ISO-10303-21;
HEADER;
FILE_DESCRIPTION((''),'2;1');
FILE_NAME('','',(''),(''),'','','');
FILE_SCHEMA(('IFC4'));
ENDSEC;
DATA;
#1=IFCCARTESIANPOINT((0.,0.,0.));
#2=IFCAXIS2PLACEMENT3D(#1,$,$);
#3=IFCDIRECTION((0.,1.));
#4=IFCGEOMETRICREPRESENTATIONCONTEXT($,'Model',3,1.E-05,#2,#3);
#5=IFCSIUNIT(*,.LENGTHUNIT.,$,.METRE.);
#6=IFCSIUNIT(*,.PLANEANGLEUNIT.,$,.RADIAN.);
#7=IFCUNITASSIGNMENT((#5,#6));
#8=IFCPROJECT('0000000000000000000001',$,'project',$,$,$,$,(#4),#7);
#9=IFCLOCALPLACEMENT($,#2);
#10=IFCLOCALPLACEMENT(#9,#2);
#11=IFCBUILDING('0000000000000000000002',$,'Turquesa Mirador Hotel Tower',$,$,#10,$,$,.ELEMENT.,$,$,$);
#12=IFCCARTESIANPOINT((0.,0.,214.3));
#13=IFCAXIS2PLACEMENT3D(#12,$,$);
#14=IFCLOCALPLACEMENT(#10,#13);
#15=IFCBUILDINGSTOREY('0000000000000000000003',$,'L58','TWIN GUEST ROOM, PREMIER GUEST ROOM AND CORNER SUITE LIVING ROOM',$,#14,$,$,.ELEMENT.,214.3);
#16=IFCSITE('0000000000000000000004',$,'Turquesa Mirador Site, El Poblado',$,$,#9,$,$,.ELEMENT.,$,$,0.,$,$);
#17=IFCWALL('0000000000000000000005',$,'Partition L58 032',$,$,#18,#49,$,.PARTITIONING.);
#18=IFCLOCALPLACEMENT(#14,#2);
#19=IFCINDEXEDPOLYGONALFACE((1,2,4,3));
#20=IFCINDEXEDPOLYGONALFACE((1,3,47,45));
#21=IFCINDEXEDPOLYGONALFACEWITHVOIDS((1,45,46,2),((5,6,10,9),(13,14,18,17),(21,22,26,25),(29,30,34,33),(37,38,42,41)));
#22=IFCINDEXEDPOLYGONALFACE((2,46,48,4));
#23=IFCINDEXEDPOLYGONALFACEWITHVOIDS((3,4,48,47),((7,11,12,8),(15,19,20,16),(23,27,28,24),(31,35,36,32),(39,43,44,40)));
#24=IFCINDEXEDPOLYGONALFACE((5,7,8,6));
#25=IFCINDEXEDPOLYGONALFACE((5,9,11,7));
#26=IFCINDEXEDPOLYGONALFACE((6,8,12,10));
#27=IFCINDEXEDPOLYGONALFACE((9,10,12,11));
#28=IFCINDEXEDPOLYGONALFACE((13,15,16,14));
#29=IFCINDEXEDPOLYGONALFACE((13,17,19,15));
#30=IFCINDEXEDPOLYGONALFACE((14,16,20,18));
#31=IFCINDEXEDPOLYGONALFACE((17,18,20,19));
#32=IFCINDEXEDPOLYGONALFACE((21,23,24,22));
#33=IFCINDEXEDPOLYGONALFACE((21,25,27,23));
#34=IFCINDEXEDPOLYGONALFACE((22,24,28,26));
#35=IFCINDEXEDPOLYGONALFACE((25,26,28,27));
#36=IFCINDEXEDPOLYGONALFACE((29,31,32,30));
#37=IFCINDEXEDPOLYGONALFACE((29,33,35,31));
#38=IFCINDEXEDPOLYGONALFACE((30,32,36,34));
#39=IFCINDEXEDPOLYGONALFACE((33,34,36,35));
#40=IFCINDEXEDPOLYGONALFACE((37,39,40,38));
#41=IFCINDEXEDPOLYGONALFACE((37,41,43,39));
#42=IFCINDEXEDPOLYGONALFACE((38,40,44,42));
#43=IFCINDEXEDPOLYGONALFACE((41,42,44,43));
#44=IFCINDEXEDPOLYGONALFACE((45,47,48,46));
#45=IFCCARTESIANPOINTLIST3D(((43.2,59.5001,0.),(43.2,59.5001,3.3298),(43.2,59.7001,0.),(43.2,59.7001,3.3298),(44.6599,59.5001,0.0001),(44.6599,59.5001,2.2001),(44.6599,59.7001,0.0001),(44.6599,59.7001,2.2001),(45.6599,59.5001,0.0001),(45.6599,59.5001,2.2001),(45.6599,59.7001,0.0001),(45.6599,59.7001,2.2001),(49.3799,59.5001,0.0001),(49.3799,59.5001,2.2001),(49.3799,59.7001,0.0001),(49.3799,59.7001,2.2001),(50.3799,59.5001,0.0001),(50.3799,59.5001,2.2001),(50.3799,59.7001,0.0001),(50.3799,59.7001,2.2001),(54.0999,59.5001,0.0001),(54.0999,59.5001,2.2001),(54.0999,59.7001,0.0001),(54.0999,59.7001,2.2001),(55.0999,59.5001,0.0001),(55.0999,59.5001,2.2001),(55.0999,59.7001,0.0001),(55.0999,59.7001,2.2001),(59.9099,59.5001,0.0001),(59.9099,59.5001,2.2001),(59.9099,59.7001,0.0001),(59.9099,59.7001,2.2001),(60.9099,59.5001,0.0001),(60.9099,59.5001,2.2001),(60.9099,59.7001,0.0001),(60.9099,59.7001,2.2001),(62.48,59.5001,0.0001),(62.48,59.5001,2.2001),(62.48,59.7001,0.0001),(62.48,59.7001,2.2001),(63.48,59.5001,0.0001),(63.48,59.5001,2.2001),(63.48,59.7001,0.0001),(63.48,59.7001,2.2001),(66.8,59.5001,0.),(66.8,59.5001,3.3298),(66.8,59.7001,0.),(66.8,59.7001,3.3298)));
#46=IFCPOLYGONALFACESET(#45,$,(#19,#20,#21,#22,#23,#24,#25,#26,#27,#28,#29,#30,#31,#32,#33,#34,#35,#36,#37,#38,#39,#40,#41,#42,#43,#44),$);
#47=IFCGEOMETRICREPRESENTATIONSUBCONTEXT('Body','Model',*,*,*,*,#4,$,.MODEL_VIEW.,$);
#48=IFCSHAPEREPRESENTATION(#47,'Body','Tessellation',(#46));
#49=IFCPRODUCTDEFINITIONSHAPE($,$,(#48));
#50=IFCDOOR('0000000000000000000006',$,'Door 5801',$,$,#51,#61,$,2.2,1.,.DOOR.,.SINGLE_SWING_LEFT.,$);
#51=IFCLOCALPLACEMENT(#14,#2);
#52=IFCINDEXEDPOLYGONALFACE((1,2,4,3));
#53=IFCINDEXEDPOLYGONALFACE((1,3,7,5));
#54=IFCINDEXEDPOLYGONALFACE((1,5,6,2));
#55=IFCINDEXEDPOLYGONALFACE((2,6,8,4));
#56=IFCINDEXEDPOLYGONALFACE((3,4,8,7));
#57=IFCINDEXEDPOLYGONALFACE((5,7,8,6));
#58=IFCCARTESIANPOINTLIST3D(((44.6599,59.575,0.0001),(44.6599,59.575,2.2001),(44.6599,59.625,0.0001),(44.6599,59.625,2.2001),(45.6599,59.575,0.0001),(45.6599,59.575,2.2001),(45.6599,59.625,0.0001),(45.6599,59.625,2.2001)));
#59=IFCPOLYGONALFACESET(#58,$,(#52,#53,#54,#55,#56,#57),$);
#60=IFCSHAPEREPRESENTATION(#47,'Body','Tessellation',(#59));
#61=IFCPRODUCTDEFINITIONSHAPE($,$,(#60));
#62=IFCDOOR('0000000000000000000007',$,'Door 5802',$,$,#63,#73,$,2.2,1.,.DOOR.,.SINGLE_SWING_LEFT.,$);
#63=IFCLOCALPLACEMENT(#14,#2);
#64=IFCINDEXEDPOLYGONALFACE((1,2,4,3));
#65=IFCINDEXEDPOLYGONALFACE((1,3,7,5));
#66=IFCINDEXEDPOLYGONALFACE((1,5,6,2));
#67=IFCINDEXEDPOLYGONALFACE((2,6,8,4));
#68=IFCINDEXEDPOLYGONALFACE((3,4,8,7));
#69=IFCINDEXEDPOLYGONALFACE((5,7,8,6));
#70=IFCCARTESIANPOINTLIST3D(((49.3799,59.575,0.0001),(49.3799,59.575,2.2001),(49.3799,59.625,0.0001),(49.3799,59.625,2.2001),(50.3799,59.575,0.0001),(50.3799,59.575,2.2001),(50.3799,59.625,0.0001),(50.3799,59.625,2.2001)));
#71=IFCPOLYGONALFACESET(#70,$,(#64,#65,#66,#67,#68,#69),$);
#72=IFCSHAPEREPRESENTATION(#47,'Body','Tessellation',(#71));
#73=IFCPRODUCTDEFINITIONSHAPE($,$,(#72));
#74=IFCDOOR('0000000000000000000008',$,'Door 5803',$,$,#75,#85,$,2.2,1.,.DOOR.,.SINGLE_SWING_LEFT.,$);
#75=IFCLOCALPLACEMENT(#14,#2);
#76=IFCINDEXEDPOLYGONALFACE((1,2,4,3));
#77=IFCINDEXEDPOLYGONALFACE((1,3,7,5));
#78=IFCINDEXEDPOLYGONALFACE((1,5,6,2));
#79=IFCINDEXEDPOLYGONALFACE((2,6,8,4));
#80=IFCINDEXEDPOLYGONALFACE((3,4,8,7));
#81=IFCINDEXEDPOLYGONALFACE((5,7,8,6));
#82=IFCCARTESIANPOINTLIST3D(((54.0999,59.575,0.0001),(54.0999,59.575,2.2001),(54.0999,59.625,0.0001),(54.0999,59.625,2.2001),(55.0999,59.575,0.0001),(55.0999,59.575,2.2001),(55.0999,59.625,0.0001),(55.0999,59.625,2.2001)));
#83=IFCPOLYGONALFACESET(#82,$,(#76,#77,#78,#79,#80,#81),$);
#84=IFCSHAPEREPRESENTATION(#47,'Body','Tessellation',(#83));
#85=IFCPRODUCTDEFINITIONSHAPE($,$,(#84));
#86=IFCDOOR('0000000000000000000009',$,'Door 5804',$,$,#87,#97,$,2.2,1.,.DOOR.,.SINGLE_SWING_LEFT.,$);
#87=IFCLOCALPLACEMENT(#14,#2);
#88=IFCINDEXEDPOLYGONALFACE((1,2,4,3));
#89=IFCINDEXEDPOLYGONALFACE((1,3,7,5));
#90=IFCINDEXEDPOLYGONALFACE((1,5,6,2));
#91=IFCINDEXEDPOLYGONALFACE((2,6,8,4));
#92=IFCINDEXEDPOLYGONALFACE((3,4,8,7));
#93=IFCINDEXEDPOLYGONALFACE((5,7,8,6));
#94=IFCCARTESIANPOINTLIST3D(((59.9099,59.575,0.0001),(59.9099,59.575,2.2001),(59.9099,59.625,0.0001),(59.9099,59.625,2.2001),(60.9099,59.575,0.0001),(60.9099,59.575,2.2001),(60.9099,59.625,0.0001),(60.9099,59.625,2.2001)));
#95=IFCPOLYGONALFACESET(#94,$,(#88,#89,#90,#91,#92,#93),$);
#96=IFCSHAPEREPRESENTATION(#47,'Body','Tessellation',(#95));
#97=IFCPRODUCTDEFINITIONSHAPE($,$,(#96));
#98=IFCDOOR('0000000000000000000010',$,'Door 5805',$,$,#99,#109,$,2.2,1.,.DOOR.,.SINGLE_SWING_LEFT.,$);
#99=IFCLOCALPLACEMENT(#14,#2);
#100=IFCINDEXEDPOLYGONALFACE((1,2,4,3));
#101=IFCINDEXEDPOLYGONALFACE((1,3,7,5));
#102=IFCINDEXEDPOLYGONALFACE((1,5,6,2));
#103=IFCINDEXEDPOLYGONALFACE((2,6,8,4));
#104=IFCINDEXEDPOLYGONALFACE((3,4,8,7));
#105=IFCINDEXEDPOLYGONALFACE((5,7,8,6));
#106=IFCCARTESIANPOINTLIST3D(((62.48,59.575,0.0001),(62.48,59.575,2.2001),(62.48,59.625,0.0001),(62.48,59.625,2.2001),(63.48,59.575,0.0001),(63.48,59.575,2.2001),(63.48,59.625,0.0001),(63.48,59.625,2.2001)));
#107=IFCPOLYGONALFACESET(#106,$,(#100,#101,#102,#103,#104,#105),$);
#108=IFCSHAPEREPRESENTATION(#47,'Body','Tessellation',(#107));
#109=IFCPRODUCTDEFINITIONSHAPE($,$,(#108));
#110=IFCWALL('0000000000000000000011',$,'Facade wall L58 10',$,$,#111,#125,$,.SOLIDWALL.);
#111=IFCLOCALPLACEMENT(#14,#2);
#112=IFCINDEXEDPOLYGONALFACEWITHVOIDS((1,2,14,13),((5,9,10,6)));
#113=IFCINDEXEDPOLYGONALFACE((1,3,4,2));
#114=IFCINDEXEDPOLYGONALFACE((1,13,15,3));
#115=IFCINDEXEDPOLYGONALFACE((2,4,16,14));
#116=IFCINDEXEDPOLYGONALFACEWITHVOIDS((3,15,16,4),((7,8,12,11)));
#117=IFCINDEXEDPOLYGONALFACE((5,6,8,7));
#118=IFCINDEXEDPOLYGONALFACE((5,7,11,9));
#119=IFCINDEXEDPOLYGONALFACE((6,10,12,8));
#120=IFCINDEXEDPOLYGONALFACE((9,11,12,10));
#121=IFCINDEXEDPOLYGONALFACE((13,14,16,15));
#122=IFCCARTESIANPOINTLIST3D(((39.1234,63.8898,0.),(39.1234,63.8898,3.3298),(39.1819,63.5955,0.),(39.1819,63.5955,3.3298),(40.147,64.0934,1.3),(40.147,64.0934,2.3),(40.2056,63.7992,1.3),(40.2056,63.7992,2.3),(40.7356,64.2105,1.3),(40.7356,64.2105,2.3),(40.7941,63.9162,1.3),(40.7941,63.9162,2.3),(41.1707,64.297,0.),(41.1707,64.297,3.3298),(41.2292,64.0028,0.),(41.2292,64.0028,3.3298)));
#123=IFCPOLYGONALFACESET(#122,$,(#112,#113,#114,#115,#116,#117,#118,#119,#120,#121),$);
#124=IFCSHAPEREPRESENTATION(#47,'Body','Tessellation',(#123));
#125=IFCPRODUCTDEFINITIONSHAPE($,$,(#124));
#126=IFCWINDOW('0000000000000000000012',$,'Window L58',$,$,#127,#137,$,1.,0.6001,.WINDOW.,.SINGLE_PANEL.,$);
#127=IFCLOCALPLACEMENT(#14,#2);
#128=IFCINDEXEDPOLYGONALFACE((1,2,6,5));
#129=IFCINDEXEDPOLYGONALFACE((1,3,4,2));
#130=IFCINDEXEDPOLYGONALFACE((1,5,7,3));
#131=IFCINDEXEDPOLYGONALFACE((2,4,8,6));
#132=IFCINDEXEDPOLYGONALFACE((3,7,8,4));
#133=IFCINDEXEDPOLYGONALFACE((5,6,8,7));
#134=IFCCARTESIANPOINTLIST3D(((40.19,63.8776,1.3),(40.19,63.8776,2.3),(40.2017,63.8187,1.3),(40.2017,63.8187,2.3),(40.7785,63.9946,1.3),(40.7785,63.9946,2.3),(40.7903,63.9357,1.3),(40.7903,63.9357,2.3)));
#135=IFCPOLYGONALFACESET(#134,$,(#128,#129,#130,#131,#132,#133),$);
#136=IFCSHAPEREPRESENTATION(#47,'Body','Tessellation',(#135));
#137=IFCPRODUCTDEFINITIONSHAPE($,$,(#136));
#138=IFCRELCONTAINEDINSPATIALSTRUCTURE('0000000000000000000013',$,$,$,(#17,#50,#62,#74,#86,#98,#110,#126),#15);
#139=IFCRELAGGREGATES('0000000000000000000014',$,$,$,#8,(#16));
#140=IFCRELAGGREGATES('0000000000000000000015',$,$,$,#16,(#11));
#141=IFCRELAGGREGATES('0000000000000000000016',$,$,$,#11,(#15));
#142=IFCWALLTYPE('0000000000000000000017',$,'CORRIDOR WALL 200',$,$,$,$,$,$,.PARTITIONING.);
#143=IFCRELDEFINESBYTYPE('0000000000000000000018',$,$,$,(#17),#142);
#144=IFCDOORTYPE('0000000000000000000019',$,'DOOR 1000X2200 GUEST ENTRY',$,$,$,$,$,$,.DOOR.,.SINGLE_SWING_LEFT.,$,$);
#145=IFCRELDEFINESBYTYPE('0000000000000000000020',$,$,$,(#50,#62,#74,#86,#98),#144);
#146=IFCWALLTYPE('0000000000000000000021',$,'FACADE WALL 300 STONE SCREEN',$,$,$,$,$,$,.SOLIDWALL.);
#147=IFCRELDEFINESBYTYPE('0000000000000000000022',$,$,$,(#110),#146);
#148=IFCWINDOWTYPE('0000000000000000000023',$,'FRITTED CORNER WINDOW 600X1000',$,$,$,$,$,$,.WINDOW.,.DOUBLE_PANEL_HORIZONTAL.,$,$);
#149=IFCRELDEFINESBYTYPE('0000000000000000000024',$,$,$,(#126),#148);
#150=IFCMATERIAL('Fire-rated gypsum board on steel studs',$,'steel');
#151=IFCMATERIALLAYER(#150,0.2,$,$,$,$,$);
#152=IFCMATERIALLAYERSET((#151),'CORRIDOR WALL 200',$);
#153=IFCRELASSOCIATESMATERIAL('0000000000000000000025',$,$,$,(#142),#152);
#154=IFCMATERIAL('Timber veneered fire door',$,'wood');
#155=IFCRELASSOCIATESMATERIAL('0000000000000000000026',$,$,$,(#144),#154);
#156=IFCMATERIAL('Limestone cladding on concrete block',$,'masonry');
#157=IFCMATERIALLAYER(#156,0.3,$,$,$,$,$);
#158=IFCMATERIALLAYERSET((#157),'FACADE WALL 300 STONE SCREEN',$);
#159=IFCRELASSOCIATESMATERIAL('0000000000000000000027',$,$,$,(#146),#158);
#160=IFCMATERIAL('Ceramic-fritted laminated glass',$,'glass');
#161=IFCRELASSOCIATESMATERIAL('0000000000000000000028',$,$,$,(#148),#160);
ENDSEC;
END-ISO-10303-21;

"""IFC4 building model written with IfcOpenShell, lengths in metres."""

from ifc_helpers import new_model, si_unit, direction, frame, frame_2d, origin, place, context, subcontext, project, spatial, rectangle, extrude, material, layer, layer_set, type_object, element, fill, save


model = new_model("IFC4")

# Units and contexts
model_context = context("Model", 3, precision=1e-05, world=origin(), true_north=direction((0.0, 1.0)))
body_context = subcontext(model_context, "Body", "Model", "MODEL_VIEW")
ifc_project = project(units=[si_unit("LENGTHUNIT", "METRE"), si_unit("PLANEANGLEUNIT", "RADIAN")], contexts=[model_context])

# Site, building, storey
site_placement = place(None, origin())
site = spatial("IfcSite", under=ifc_project, at=site_placement, Name="Turquesa Mirador Site, El Poblado", CompositionType="ELEMENT", RefElevation=0.0)
building_placement = place(site_placement, origin())
building = spatial("IfcBuilding", under=site, at=building_placement, Name="Turquesa Mirador Hotel Tower", CompositionType="ELEMENT")
storey_placement = place(building_placement, frame((0.0, 0.0, 214.3)))
storey = spatial("IfcBuildingStorey", under=building, at=storey_placement, Name="L58", Description="TWIN GUEST ROOM, PREMIER GUEST ROOM AND CORNER SUITE LIVING ROOM", CompositionType="ELEMENT", Elevation=214.3)

# Wall, openings, doors
ifc_material_1 = material(Name="Fire-rated gypsum board on steel studs", Category="steel")
ifc_layer_1 = layer(ifc_material_1, 0.2)
ifc_layer_set_1 = layer_set([ifc_layer_1], Name="CORRIDOR WALL 200")
wall_type_1 = type_object("IfcWallType", Name="CORRIDOR WALL 200", PredefinedType="PARTITIONING", material=ifc_layer_set_1)
wall_1_placement = place(storey_placement, frame((43.2, 59.6001, 0.0), z_axis=(0.0, 0.0, 1.0), x_axis=(1.0, 0.0, 0.0)))
wall_1 = element("IfcWall", 1, at=wall_1_placement, inside=storey, type_object=wall_type_1, Name="Partition L58 032", PredefinedType="PARTITIONING", context=body_context, shape_type="SweptSolid", body=[
    extrude(rectangle(XDim=23.6001, YDim=0.2, at=frame_2d((11.8, 0.0))), origin(), (0.0, 0.0, 1.0), 3.3298),
])
opening_1_placement = place(wall_1_placement, frame((1.46, 0.0, 0.0)))
opening_1 = element("IfcOpeningElement", 2, at=opening_1_placement, cuts=wall_1, PredefinedType="OPENING", context=body_context, shape_type="SweptSolid", body=[
    extrude(rectangle(XDim=1.0, YDim=2.2, at=frame_2d((0.5, 1.1001))), frame((0.0, 0.1099, 0.0), z_axis=(0.0, -1.0, 0.0), x_axis=(1.0, 0.0, 0.0)), (0.0, 0.0, 1.0), 0.22),
])
opening_2_placement = place(wall_1_placement, frame((6.1799, 0.0, 0.0)))
opening_2 = element("IfcOpeningElement", 3, at=opening_2_placement, cuts=wall_1, PredefinedType="OPENING", context=body_context, shape_type="SweptSolid", body=[
    extrude(rectangle(XDim=1.0, YDim=2.2, at=frame_2d((0.5, 1.1001))), frame((0.0, 0.1099, 0.0), z_axis=(0.0, -1.0, 0.0), x_axis=(1.0, 0.0, 0.0)), (0.0, 0.0, 1.0), 0.22),
])
opening_3_placement = place(wall_1_placement, frame((10.8999, 0.0, 0.0)))
opening_3 = element("IfcOpeningElement", 4, at=opening_3_placement, cuts=wall_1, PredefinedType="OPENING", context=body_context, shape_type="SweptSolid", body=[
    extrude(rectangle(XDim=1.0, YDim=2.2, at=frame_2d((0.5, 1.1001))), frame((0.0, 0.1099, 0.0), z_axis=(0.0, -1.0, 0.0), x_axis=(1.0, 0.0, 0.0)), (0.0, 0.0, 1.0), 0.22),
])
opening_4_placement = place(wall_1_placement, frame((16.71, 0.0, 0.0)))
opening_4 = element("IfcOpeningElement", 5, at=opening_4_placement, cuts=wall_1, PredefinedType="OPENING", context=body_context, shape_type="SweptSolid", body=[
    extrude(rectangle(XDim=1.0, YDim=2.2, at=frame_2d((0.5, 1.1001))), frame((0.0, 0.1099, 0.0), z_axis=(0.0, -1.0, 0.0), x_axis=(1.0, 0.0, 0.0)), (0.0, 0.0, 1.0), 0.22),
])
opening_5_placement = place(wall_1_placement, frame((19.28, 0.0, 0.0)))
opening_5 = element("IfcOpeningElement", 6, at=opening_5_placement, cuts=wall_1, PredefinedType="OPENING", context=body_context, shape_type="SweptSolid", body=[
    extrude(rectangle(XDim=1.0, YDim=2.2, at=frame_2d((0.5, 1.1001))), frame((0.0, 0.1099, 0.0), z_axis=(0.0, -1.0, 0.0), x_axis=(1.0, 0.0, 0.0)), (0.0, 0.0, 1.0), 0.22),
])
ifc_material_2 = material(Name="Timber veneered fire door", Category="wood")
door_type = type_object("IfcDoorType", Name="DOOR 1000X2200 GUEST ENTRY", OperationType="SINGLE_SWING_LEFT", PredefinedType="DOOR", material=ifc_material_2)
door_1_placement = place(opening_1_placement, origin())
door_1 = element("IfcDoor", 7, at=door_1_placement, inside=storey, type_object=door_type, Name="Door 5801", OperationType="SINGLE_SWING_LEFT", OverallHeight=2.2, OverallWidth=1.0, PredefinedType="DOOR", context=body_context, shape_type="SweptSolid", body=[
    extrude(rectangle(XDim=1.0, YDim=2.2, at=frame_2d((0.5, 1.1001))), frame((0.0, 0.0249, 0.0), z_axis=(0.0, -1.0, 0.0), x_axis=(1.0, 0.0, 0.0)), (0.0, 0.0, 1.0), 0.05),
])
fill(opening_1, door_1)
door_2_placement = place(opening_2_placement, origin())
door_2 = element("IfcDoor", 8, at=door_2_placement, inside=storey, type_object=door_type, Name="Door 5802", OperationType="SINGLE_SWING_LEFT", OverallHeight=2.2, OverallWidth=1.0, PredefinedType="DOOR", context=body_context, shape_type="SweptSolid", body=[
    extrude(rectangle(XDim=1.0, YDim=2.2, at=frame_2d((0.5, 1.1001))), frame((0.0, 0.0249, 0.0), z_axis=(0.0, -1.0, 0.0), x_axis=(1.0, 0.0, 0.0)), (0.0, 0.0, 1.0), 0.05),
])
fill(opening_2, door_2)
door_3_placement = place(opening_3_placement, origin())
door_3 = element("IfcDoor", 9, at=door_3_placement, inside=storey, type_object=door_type, Name="Door 5803", OperationType="SINGLE_SWING_LEFT", OverallHeight=2.2, OverallWidth=1.0, PredefinedType="DOOR", context=body_context, shape_type="SweptSolid", body=[
    extrude(rectangle(XDim=1.0, YDim=2.2, at=frame_2d((0.5, 1.1001))), frame((0.0, 0.0249, 0.0), z_axis=(0.0, -1.0, 0.0), x_axis=(1.0, 0.0, 0.0)), (0.0, 0.0, 1.0), 0.05),
])
fill(opening_3, door_3)
door_4_placement = place(opening_4_placement, origin())
door_4 = element("IfcDoor", 10, at=door_4_placement, inside=storey, type_object=door_type, Name="Door 5804", OperationType="SINGLE_SWING_LEFT", OverallHeight=2.2, OverallWidth=1.0, PredefinedType="DOOR", context=body_context, shape_type="SweptSolid", body=[
    extrude(rectangle(XDim=1.0, YDim=2.2, at=frame_2d((0.5, 1.1001))), frame((0.0, 0.0249, 0.0), z_axis=(0.0, -1.0, 0.0), x_axis=(1.0, 0.0, 0.0)), (0.0, 0.0, 1.0), 0.05),
])
fill(opening_4, door_4)
door_5_placement = place(opening_5_placement, origin())
door_5 = element("IfcDoor", 11, at=door_5_placement, inside=storey, type_object=door_type, Name="Door 5805", OperationType="SINGLE_SWING_LEFT", OverallHeight=2.2, OverallWidth=1.0, PredefinedType="DOOR", context=body_context, shape_type="SweptSolid", body=[
    extrude(rectangle(XDim=1.0, YDim=2.2, at=frame_2d((0.5, 1.1001))), frame((0.0, 0.0249, 0.0), z_axis=(0.0, -1.0, 0.0), x_axis=(1.0, 0.0, 0.0)), (0.0, 0.0, 1.0), 0.05),
])
fill(opening_5, door_5)

# Wall, opening, window
ifc_material_3 = material(Name="Limestone cladding on concrete block", Category="masonry")
ifc_layer_2 = layer(ifc_material_3, 0.3)
ifc_layer_set_2 = layer_set([ifc_layer_2], Name="FACADE WALL 300 STONE SCREEN")
wall_type_2 = type_object("IfcWallType", Name="FACADE WALL 300 STONE SCREEN", PredefinedType="SOLIDWALL", material=ifc_layer_set_2)
wall_2_placement = place(storey_placement, frame((41.2, 64.1499, 0.0), z_axis=(0.0, 0.0, 1.0), x_axis=(-0.980787, -0.195081, 0.0)))
wall_2 = element("IfcWall", 12, at=wall_2_placement, inside=storey, type_object=wall_type_2, Name="Facade wall L58 10", PredefinedType="SOLIDWALL", context=body_context, shape_type="SweptSolid", body=[
    extrude(rectangle(XDim=2.0874, YDim=0.3, at=frame_2d((1.0437, 0.0))), origin(), (0.0, 0.0, 1.0), 3.3298),
])
opening_6_placement = place(wall_2_placement, frame((0.4436, 0.0, 1.3)))
opening_6 = element("IfcOpeningElement", 13, at=opening_6_placement, cuts=wall_2, PredefinedType="OPENING", context=body_context, shape_type="SweptSolid", body=[
    extrude(rectangle(XDim=0.6001, YDim=1.0, at=frame_2d((0.3, 0.5))), frame((0.0, 0.1599, 0.0), z_axis=(0.0, -1.0, 0.0), x_axis=(1.0, 0.0, 0.0)), (0.0, 0.0, 1.0), 0.3201),
])
ifc_material_4 = material(Name="Ceramic-fritted laminated glass", Category="glass")
window_type_1 = type_object("IfcWindowType", Name="FRITTED CORNER WINDOW 600X1000", PartitioningType="DOUBLE_PANEL_HORIZONTAL", PredefinedType="WINDOW", material=ifc_material_4)
window_1_placement = place(opening_6_placement, origin())
window_1 = element("IfcWindow", 14, at=window_1_placement, inside=storey, type_object=window_type_1, Name="Window L58", OverallHeight=1.0, OverallWidth=0.6001, PartitioningType="SINGLE_PANEL", PredefinedType="WINDOW", context=body_context, shape_type="SweptSolid", body=[
    extrude(rectangle(XDim=0.6001, YDim=1.0, at=frame_2d((0.3, 0.5))), frame((0.0, 0.1301, 0.0), z_axis=(0.0, -1.0, 0.0), x_axis=(1.0, 0.0, 0.0)), (0.0, 0.0, 1.0), 0.0601),
])
fill(opening_6, window_1)

save(model, "model.ifc")
